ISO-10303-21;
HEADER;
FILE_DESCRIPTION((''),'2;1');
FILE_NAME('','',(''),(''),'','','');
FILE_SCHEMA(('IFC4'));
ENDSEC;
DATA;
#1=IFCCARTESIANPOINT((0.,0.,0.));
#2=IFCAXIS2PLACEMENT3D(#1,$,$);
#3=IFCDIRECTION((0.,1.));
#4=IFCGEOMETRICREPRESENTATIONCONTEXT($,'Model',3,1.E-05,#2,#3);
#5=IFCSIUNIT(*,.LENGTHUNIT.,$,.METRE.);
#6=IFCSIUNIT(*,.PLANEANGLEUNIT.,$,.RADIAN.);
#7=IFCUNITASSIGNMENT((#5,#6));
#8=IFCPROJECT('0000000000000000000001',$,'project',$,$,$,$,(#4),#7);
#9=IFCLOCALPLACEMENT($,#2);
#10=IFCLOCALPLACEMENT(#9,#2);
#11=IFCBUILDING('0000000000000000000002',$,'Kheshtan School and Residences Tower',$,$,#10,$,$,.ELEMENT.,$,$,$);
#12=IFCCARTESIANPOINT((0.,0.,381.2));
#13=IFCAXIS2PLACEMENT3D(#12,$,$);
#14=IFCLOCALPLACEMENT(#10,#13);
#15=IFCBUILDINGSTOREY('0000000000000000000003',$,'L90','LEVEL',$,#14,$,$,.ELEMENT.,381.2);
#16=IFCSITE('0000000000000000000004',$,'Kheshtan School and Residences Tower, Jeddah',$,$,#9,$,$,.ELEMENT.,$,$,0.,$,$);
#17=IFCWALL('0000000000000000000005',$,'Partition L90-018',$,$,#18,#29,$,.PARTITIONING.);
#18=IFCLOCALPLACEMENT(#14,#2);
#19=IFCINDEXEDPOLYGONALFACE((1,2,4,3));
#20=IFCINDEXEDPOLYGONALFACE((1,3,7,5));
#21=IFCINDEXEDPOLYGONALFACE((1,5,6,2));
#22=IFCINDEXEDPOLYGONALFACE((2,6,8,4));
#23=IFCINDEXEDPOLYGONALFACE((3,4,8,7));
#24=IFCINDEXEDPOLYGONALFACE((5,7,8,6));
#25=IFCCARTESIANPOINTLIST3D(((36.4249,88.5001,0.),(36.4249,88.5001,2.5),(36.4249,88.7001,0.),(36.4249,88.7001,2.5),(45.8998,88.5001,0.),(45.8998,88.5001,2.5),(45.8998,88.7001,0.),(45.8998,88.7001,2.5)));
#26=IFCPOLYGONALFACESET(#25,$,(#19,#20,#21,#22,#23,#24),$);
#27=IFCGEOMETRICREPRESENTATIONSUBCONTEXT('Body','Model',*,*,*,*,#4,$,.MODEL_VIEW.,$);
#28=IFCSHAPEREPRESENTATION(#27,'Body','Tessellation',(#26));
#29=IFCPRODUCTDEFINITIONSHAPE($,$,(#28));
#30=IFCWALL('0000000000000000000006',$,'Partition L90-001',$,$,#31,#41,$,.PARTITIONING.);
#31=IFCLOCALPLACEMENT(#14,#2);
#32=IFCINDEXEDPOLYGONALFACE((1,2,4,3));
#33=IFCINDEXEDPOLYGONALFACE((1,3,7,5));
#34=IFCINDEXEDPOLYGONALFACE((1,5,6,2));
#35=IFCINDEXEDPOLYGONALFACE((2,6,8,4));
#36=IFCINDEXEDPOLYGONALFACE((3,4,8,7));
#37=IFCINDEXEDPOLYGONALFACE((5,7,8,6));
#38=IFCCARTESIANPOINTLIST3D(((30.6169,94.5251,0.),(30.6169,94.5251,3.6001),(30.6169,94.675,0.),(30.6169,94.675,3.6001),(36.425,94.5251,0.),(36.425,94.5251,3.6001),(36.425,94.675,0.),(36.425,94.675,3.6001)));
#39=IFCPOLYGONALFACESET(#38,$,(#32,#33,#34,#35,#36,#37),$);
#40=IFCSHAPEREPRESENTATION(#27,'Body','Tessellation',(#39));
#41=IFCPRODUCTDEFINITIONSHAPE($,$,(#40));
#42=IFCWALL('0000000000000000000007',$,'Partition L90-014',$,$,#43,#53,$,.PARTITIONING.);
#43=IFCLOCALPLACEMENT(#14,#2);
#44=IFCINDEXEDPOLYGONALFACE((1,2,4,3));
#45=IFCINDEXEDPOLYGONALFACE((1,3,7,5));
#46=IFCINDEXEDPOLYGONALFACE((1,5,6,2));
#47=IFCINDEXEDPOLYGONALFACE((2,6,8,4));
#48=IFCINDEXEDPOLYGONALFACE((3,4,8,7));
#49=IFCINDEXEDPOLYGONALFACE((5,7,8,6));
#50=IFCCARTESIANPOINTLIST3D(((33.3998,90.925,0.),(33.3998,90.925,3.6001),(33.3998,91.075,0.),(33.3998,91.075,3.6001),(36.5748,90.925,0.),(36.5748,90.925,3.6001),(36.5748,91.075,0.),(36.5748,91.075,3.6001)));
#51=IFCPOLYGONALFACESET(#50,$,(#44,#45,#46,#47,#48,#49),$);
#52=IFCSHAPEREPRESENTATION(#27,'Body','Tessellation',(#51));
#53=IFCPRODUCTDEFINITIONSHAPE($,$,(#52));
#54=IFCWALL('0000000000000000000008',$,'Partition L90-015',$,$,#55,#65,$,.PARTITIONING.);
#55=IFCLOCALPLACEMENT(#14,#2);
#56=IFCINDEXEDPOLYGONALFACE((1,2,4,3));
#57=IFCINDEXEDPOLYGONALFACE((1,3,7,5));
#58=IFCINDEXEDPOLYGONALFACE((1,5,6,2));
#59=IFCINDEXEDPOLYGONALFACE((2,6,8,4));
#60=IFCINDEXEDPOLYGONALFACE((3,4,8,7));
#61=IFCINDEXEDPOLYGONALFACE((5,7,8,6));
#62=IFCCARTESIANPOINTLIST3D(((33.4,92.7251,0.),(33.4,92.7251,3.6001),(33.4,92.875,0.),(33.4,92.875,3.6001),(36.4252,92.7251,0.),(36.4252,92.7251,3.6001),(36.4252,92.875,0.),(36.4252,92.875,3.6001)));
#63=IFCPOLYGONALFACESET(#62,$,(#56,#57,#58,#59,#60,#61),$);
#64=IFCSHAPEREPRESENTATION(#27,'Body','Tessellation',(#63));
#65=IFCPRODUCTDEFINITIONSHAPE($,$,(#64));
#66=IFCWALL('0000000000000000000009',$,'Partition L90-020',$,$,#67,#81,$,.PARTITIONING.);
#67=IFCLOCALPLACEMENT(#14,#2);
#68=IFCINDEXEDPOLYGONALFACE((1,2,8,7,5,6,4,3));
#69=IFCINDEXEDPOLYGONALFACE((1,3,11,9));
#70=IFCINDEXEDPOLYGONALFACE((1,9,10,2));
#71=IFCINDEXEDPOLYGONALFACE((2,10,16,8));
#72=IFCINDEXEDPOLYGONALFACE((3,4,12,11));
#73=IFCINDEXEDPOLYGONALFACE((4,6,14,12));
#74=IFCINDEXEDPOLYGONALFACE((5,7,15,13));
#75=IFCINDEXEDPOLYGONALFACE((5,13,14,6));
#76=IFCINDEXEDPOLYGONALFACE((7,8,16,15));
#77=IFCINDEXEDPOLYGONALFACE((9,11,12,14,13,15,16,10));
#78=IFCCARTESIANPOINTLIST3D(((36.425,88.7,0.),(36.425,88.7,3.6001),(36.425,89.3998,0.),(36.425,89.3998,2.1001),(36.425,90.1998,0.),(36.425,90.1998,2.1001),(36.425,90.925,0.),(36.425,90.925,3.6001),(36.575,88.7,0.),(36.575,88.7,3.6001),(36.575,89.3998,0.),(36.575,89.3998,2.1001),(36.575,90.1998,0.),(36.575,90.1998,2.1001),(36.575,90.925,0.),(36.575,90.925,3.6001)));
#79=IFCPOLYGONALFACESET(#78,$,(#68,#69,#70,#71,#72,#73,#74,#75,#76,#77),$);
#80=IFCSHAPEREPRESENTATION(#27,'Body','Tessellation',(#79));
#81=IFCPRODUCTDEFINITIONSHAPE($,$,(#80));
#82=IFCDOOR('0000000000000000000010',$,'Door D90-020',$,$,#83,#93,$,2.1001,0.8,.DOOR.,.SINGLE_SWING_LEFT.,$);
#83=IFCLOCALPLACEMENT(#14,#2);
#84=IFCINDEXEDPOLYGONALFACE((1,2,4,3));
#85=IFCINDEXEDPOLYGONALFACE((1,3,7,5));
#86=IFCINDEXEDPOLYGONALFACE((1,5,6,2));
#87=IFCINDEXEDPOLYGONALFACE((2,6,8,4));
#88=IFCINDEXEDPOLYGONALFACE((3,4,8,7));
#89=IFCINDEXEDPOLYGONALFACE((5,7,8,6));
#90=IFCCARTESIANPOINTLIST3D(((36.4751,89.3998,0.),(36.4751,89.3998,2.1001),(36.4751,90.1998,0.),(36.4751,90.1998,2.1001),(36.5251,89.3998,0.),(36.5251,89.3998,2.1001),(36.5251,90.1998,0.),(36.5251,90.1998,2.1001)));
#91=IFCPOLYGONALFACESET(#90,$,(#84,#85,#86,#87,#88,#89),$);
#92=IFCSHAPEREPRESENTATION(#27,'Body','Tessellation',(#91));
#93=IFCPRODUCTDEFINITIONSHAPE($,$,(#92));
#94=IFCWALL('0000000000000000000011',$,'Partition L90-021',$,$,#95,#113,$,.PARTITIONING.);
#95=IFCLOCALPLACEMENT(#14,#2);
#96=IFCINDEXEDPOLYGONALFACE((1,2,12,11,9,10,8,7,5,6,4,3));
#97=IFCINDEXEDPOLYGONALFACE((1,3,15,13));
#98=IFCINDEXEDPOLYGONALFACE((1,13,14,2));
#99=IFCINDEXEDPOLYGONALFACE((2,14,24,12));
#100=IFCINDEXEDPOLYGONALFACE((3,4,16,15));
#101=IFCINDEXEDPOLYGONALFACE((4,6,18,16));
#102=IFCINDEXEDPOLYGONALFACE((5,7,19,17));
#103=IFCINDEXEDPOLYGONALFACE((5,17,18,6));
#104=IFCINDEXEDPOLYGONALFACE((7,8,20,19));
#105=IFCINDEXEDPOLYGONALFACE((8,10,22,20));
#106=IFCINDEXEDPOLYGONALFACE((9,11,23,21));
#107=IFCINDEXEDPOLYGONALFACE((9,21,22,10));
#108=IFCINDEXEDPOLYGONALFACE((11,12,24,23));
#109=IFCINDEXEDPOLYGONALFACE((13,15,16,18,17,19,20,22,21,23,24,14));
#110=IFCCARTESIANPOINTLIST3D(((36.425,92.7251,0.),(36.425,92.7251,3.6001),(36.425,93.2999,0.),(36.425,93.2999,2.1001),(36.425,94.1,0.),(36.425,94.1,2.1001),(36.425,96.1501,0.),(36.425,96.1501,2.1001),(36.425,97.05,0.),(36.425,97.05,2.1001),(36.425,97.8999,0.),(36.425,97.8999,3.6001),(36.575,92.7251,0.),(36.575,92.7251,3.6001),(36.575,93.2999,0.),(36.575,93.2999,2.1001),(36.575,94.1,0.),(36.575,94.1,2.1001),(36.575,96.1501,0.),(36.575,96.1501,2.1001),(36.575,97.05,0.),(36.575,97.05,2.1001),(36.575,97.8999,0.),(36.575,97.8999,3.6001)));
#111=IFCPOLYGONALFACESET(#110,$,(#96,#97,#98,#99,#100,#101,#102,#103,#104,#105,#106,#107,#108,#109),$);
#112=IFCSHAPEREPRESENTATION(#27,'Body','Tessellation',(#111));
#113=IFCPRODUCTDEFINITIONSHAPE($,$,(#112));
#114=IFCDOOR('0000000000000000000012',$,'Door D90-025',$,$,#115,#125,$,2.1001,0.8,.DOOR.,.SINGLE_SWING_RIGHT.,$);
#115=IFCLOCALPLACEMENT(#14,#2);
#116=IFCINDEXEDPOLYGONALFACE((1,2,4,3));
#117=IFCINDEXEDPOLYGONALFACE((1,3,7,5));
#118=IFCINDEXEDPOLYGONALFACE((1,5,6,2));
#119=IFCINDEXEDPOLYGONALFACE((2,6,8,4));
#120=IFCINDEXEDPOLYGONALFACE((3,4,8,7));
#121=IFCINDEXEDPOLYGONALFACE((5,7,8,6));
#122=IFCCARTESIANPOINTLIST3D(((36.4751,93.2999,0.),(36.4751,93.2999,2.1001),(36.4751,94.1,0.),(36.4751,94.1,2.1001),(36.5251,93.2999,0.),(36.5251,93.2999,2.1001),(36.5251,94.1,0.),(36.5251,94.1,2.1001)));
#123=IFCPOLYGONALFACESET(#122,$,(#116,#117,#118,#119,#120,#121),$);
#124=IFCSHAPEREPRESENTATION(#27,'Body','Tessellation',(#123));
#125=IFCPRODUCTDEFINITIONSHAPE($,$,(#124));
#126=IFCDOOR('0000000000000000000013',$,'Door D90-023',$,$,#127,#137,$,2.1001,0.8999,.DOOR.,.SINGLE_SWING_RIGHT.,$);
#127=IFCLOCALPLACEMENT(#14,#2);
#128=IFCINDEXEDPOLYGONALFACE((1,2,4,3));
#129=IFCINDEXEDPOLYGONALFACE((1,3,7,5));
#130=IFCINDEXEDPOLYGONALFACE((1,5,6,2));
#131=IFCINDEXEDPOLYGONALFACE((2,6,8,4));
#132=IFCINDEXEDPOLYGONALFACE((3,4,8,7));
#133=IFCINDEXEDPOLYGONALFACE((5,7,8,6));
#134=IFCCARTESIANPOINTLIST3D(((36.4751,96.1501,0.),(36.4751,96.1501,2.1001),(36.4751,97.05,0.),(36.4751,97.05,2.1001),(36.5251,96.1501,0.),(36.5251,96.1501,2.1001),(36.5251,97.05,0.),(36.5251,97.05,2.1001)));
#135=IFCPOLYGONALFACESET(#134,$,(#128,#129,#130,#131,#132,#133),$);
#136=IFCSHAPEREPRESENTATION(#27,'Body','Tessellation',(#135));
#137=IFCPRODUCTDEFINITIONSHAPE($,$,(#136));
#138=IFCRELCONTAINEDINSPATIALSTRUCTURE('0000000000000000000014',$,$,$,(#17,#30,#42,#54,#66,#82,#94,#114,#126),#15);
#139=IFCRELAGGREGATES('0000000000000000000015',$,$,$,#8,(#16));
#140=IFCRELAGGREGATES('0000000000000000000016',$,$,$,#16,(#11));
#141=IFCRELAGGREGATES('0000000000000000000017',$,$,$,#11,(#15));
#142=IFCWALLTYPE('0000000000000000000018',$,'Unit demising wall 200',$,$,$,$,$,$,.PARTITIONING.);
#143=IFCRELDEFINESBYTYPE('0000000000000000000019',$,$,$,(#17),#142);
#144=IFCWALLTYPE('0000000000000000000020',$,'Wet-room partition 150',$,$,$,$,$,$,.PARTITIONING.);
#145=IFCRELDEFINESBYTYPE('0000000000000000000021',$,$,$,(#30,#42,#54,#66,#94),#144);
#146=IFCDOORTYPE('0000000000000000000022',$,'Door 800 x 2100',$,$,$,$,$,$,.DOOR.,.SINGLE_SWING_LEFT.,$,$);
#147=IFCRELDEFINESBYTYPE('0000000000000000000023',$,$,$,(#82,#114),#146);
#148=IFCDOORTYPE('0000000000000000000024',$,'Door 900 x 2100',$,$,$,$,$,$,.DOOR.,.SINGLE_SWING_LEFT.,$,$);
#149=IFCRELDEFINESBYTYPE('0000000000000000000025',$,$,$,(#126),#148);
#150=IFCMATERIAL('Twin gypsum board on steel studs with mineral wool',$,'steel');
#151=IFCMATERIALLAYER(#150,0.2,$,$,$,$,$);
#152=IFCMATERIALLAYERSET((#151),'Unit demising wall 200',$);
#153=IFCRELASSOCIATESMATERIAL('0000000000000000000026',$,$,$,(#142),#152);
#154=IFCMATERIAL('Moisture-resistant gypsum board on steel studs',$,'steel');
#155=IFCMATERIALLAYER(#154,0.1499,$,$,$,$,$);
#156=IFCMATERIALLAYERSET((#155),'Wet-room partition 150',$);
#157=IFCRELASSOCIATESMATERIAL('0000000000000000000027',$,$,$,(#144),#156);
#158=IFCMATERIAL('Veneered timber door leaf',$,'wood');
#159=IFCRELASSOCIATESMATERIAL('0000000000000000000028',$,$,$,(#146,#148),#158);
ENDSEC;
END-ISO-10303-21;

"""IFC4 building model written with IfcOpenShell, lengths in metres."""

from ifc_helpers import new_model, si_unit, direction, frame, frame_2d, origin, place, context, subcontext, project, spatial, rectangle, extrude, source, transform, mapped, material, layer, layer_set, type_object, element, fill, save


model = new_model("IFC4")

# Units and contexts
model_context = context("Model", 3, precision=1e-05, world=origin(), true_north=direction((0.0, 1.0)))
body_context = subcontext(model_context, "Body", "Model", "MODEL_VIEW")
ifc_project = project(units=[si_unit("LENGTHUNIT", "METRE"), si_unit("PLANEANGLEUNIT", "RADIAN")], contexts=[model_context])

# Site, building, storey
site_placement = place(None, origin())
site = spatial("IfcSite", under=ifc_project, at=site_placement, Name="Kheshtan School and Residences Tower, Jeddah", CompositionType="ELEMENT", RefElevation=0.0)
building_placement = place(site_placement, origin())
building = spatial("IfcBuilding", under=site, at=building_placement, Name="Kheshtan School and Residences Tower", CompositionType="ELEMENT")
storey_placement = place(building_placement, frame((0.0, 0.0, 381.2)))
storey = spatial("IfcBuildingStorey", under=building, at=storey_placement, Name="L90", Description="LEVEL", CompositionType="ELEMENT", Elevation=381.2)

# Walls
ifc_material_1 = material(Name="Twin gypsum board on steel studs with mineral wool", Category="steel")
ifc_layer_1 = layer(ifc_material_1, 0.2)
ifc_layer_set_1 = layer_set([ifc_layer_1], Name="Unit demising wall 200")
wall_type_1 = type_object("IfcWallType", Name="Unit demising wall 200", PredefinedType="PARTITIONING", material=ifc_layer_set_1)
wall_1_placement = place(storey_placement, frame((36.425, 88.6001, 0.0), z_axis=(0.0, 0.0, 1.0), x_axis=(1.0, 0.0, 0.0)))
element("IfcWall", 1, at=wall_1_placement, inside=storey, type_object=wall_type_1, Name="Partition L90-018", PredefinedType="PARTITIONING", context=body_context, shape_type="SweptSolid", body=[
    extrude(rectangle(XDim=9.4749, YDim=0.2, at=frame_2d((4.7373, 0.0))), origin(), (0.0, 0.0, 1.0), 2.5),
])
ifc_material_2 = material(Name="Moisture-resistant gypsum board on steel studs", Category="steel")
ifc_layer_2 = layer(ifc_material_2, 0.1499)
ifc_layer_set_2 = layer_set([ifc_layer_2], Name="Wet-room partition 150")
wall_type_2 = type_object("IfcWallType", Name="Wet-room partition 150", PredefinedType="PARTITIONING", material=ifc_layer_set_2)
wall_2_placement = place(storey_placement, frame((30.6169, 94.6001, 0.0), z_axis=(0.0, 0.0, 1.0), x_axis=(1.0, 0.0, 0.0)))
element("IfcWall", 2, at=wall_2_placement, inside=storey, type_object=wall_type_2, Name="Partition L90-001", PredefinedType="PARTITIONING", context=body_context, shape_type="SweptSolid", body=[
    extrude(rectangle(XDim=5.8081, YDim=0.1499, at=frame_2d((2.9041, 0.0))), origin(), (0.0, 0.0, 1.0), 3.6001),
])
wall_3_placement = place(storey_placement, frame((33.3999, 91.0, 0.0), z_axis=(0.0, 0.0, 1.0), x_axis=(1.0, 0.0, 0.0)))
element("IfcWall", 3, at=wall_3_placement, inside=storey, type_object=wall_type_2, Name="Partition L90-014", PredefinedType="PARTITIONING", context=body_context, shape_type="SweptSolid", body=[
    extrude(rectangle(XDim=3.175, YDim=0.1499, at=frame_2d((1.5874, 0.0))), origin(), (0.0, 0.0, 1.0), 3.6001),
])
wall_4_placement = place(storey_placement, frame((33.3999, 92.8, 0.0), z_axis=(0.0, 0.0, 1.0), x_axis=(1.0, 0.0, 0.0)))
element("IfcWall", 4, at=wall_4_placement, inside=storey, type_object=wall_type_2, Name="Partition L90-015", PredefinedType="PARTITIONING", context=body_context, shape_type="SweptSolid", body=[
    extrude(rectangle(XDim=3.0251, YDim=0.1499, at=frame_2d((1.5127, 0.0))), origin(), (0.0, 0.0, 1.0), 3.6001),
])

# Wall, opening, door
wall_5_placement = place(storey_placement, frame((36.5, 88.7, 0.0), z_axis=(0.0, 0.0, 1.0), x_axis=(0.0, 1.0, 0.0)))
wall_5 = element("IfcWall", 5, at=wall_5_placement, inside=storey, type_object=wall_type_2, Name="Partition L90-020", PredefinedType="PARTITIONING", context=body_context, shape_type="SweptSolid", body=[
    extrude(rectangle(XDim=2.2251, YDim=0.1499, at=frame_2d((1.1125, 0.0))), origin(), (0.0, 0.0, 1.0), 3.6001),
])
opening_1_placement = place(wall_5_placement, frame((0.7, 0.0, 0.0)))
opening_1 = element("IfcOpeningElement", 6, at=opening_1_placement, cuts=wall_5, PredefinedType="OPENING", context=body_context, shape_type="SweptSolid", body=[
    extrude(rectangle(XDim=0.8, YDim=2.1001, at=frame_2d((0.3999, 1.05))), frame((0.0, 0.085, 0.0), z_axis=(0.0, -1.0, 0.0), x_axis=(1.0, 0.0, 0.0)), (0.0, 0.0, 1.0), 0.1699),
])
ifc_material_3 = material(Name="Veneered timber door leaf", Category="wood")
door_type_1 = type_object("IfcDoorType", Name="Door 800 x 2100", OperationType="SINGLE_SWING_LEFT", PredefinedType="DOOR", material=ifc_material_3)
shared_shape_1 = source(origin(), body_context, "Body", "SweptSolid", [
    extrude(rectangle(XDim=0.8, YDim=2.1001, at=frame_2d((0.3999, 1.05))), frame((0.0, 0.0249, 0.0), z_axis=(0.0, -1.0, 0.0), x_axis=(1.0, 0.0, 0.0)), (0.0, 0.0, 1.0), 0.05),
])
door_1_placement = place(opening_1_placement, origin())
door_1 = element("IfcDoor", 7, at=door_1_placement, inside=storey, type_object=door_type_1, Name="Door D90-020", OperationType="SINGLE_SWING_LEFT", OverallHeight=2.1001, OverallWidth=0.8, PredefinedType="DOOR", context=body_context, shape_type="MappedRepresentation", body=[
    mapped(shared_shape_1, transform((0.0, 0.0, 0.0), x_axis=(1.0, 0.0, 0.0), y_axis=(0.0, 1.0, 0.0), z_axis=(0.0, 0.0, 1.0), scale=1.0)),
])
fill(opening_1, door_1)

# Wall, openings, doors
wall_6_placement = place(storey_placement, frame((36.5, 92.7251, 0.0), z_axis=(0.0, 0.0, 1.0), x_axis=(0.0, 1.0, 0.0)))
wall_6 = element("IfcWall", 8, at=wall_6_placement, inside=storey, type_object=wall_type_2, Name="Partition L90-021", PredefinedType="PARTITIONING", context=body_context, shape_type="SweptSolid", body=[
    extrude(rectangle(XDim=5.1748, YDim=0.1499, at=frame_2d((2.5874, 0.0))), origin(), (0.0, 0.0, 1.0), 3.6001),
])
opening_2_placement = place(wall_6_placement, frame((3.425, 0.0, 0.0)))
opening_2 = element("IfcOpeningElement", 9, at=opening_2_placement, cuts=wall_6, PredefinedType="OPENING", context=body_context, shape_type="SweptSolid", body=[
    extrude(rectangle(XDim=0.8999, YDim=2.1001, at=frame_2d((0.45, 1.05))), frame((0.0, 0.085, 0.0), z_axis=(0.0, -1.0, 0.0), x_axis=(1.0, 0.0, 0.0)), (0.0, 0.0, 1.0), 0.1699),
])
opening_3_placement = place(wall_6_placement, frame((0.575, 0.0, 0.0)))
opening_3 = element("IfcOpeningElement", 10, at=opening_3_placement, cuts=wall_6, PredefinedType="OPENING", context=body_context, shape_type="SweptSolid", body=[
    extrude(rectangle(XDim=0.8, YDim=2.1001, at=frame_2d((0.3999, 1.05))), frame((0.0, 0.085, 0.0), z_axis=(0.0, -1.0, 0.0), x_axis=(1.0, 0.0, 0.0)), (0.0, 0.0, 1.0), 0.1699),
])
door_2_placement = place(opening_3_placement, origin())
door_2 = element("IfcDoor", 11, at=door_2_placement, inside=storey, type_object=door_type_1, Name="Door D90-025", OperationType="SINGLE_SWING_RIGHT", OverallHeight=2.1001, OverallWidth=0.8, PredefinedType="DOOR", context=body_context, shape_type="MappedRepresentation", body=[
    mapped(shared_shape_1, transform((0.0, 0.0, 0.0), x_axis=(1.0, 0.0, 0.0), y_axis=(0.0, 1.0, 0.0), z_axis=(0.0, 0.0, 1.0), scale=1.0)),
])
fill(opening_3, door_2)
door_type_2 = type_object("IfcDoorType", Name="Door 900 x 2100", OperationType="SINGLE_SWING_LEFT", PredefinedType="DOOR", material=ifc_material_3)
shared_shape_2 = source(origin(), body_context, "Body", "SweptSolid", [
    extrude(rectangle(XDim=0.8999, YDim=2.1001, at=frame_2d((0.45, 1.05))), frame((0.0, 0.0249, 0.0), z_axis=(0.0, -1.0, 0.0), x_axis=(1.0, 0.0, 0.0)), (0.0, 0.0, 1.0), 0.05),
])
door_3_placement = place(opening_2_placement, origin())
door_3 = element("IfcDoor", 12, at=door_3_placement, inside=storey, type_object=door_type_2, Name="Door D90-023", OperationType="SINGLE_SWING_RIGHT", OverallHeight=2.1001, OverallWidth=0.8999, PredefinedType="DOOR", context=body_context, shape_type="MappedRepresentation", body=[
    mapped(shared_shape_2, transform((0.0, 0.0, 0.0), x_axis=(1.0, 0.0, 0.0), y_axis=(0.0, 1.0, 0.0), z_axis=(0.0, 0.0, 1.0), scale=1.0)),
])
fill(opening_2, door_3)

save(model, "model.ifc")
